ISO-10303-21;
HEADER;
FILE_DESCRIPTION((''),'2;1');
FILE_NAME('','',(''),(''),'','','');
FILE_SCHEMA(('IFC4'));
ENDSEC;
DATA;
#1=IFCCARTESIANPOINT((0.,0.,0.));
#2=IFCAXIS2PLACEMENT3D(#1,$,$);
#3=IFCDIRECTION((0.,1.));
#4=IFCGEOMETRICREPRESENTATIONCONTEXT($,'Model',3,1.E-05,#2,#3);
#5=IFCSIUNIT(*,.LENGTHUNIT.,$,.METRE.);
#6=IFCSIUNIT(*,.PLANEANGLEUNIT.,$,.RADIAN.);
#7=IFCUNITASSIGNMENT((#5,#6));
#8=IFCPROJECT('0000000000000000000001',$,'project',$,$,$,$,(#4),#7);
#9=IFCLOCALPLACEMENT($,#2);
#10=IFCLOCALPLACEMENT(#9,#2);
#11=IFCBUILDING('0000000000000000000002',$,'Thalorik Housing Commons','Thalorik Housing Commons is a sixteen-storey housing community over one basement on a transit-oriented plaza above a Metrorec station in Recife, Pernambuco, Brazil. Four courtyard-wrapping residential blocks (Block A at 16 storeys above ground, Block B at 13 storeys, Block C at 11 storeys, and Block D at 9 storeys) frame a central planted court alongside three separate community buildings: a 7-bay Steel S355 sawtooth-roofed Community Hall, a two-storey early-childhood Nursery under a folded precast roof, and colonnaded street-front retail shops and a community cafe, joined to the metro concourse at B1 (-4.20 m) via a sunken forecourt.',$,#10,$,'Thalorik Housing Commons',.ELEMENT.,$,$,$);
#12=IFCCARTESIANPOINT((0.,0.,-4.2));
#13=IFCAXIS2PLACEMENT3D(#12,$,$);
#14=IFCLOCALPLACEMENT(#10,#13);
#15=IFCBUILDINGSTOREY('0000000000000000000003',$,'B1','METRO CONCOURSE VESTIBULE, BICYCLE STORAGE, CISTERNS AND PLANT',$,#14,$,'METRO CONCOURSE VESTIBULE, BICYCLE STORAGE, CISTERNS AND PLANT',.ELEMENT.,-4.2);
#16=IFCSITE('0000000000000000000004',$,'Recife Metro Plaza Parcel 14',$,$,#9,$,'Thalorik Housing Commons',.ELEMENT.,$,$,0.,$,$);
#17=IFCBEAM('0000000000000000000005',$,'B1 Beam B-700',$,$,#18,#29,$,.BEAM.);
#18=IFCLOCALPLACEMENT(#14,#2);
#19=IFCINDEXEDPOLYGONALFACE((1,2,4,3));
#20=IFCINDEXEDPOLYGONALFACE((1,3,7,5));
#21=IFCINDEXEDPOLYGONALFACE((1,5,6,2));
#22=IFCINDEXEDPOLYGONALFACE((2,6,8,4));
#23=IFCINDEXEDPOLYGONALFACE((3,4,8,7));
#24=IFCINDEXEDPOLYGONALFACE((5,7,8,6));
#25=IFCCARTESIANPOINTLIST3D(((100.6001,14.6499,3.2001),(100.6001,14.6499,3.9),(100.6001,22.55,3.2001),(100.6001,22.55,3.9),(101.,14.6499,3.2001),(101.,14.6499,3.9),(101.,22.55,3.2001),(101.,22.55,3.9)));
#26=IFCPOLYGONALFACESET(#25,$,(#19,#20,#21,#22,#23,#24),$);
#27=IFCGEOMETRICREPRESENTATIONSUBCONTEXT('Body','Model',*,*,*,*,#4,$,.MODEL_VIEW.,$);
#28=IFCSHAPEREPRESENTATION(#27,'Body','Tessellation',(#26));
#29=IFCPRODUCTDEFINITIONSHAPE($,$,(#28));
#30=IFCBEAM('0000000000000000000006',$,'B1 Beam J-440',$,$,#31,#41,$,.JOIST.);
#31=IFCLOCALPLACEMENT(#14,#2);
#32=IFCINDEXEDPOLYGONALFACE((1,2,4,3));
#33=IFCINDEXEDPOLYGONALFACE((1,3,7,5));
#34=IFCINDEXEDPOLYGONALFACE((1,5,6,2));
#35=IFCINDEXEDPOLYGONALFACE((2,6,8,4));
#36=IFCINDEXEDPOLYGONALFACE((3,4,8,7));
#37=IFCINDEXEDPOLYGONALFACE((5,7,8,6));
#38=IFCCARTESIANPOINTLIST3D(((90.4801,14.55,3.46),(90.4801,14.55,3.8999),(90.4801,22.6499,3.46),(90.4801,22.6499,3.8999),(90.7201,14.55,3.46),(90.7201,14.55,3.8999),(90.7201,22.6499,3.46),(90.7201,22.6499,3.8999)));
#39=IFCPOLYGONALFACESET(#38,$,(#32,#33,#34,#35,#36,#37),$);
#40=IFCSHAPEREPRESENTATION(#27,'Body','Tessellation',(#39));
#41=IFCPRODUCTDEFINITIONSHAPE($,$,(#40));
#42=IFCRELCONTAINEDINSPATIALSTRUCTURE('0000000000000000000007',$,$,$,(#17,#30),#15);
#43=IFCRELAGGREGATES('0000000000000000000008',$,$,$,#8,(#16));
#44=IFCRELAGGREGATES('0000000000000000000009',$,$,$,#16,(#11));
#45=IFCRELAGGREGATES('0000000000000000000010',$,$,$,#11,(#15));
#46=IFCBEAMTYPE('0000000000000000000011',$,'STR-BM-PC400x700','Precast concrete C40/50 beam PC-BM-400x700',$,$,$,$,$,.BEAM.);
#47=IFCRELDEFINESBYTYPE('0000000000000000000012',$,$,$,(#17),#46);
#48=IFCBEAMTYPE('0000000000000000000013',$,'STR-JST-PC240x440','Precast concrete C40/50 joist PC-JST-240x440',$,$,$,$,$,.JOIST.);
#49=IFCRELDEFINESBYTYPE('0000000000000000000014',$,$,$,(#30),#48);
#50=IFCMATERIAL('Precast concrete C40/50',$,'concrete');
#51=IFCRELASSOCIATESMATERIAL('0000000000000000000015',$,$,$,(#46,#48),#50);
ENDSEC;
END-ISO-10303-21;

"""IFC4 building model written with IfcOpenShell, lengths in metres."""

from ifc_helpers import new_model, si_unit, direction, frame, origin, origin_2d, place, context, subcontext, project, spatial, rectangle, extrude, material, material_profile, profile_set, type_object, element, save


model = new_model("IFC4")

# Units and contexts
model_context = context("Model", 3, precision=1e-05, world=origin(), true_north=direction((0.0, 1.0)))
body_context = subcontext(model_context, "Body", "Model", "MODEL_VIEW")
ifc_project = project(units=[si_unit("LENGTHUNIT", "METRE"), si_unit("PLANEANGLEUNIT", "RADIAN")], contexts=[model_context])

# Site, building, storey
site_placement = place(None, origin())
site = spatial("IfcSite", under=ifc_project, at=site_placement, Name="Recife Metro Plaza Parcel 14", LongName="Thalorik Housing Commons", CompositionType="ELEMENT", RefElevation=0.0)
building_placement = place(site_placement, origin())
building = spatial("IfcBuilding", under=site, at=building_placement, Name="Thalorik Housing Commons", Description="Thalorik Housing Commons is a sixteen-storey housing community over one basement on a transit-oriented plaza above a Metrorec station in Recife, Pernambuco, Brazil. Four courtyard-wrapping residential blocks (Block A at 16 storeys above ground, Block B at 13 storeys, Block C at 11 storeys, and Block D at 9 storeys) frame a central planted court alongside three separate community buildings: a 7-bay Steel S355 sawtooth-roofed Community Hall, a two-storey early-childhood Nursery under a folded precast roof, and colonnaded street-front retail shops and a community cafe, joined to the metro concourse at B1 (-4.20 m) via a sunken forecourt.", LongName="Thalorik Housing Commons", CompositionType="ELEMENT")
storey_placement = place(building_placement, frame((0.0, 0.0, -4.2)))
storey = spatial("IfcBuildingStorey", under=building, at=storey_placement, Name="B1", Description="METRO CONCOURSE VESTIBULE, BICYCLE STORAGE, CISTERNS AND PLANT", LongName="METRO CONCOURSE VESTIBULE, BICYCLE STORAGE, CISTERNS AND PLANT", CompositionType="ELEMENT", Elevation=-4.2)

# Shared definitions
ifc_material_1 = material(Name="Precast concrete C40/50", Category="concrete")

# Beams
ifc_material_profile_1 = material_profile(ifc_material_1, rectangle(XDim=0.3999, YDim=0.7, at=origin_2d()), Name="PC 400x700", Category="concrete")
ifc_profile_set_1 = profile_set([ifc_material_profile_1], Name="Precast concrete C40/50")
beam_type_1 = type_object("IfcBeamType", Name="STR-BM-PC400x700", Description="Precast concrete C40/50 beam PC-BM-400x700", PredefinedType="BEAM", material=ifc_profile_set_1)
for number, where, z_axis, x_axis, name in (
    (1, (100.8, 14.6499, 3.55), (0.0, 1.0, 0.0), (-1.0, 0.0, 0.0), "B1 Beam B-700"),
):
    element("IfcBeam", number, at=place(storey_placement, frame(where, z_axis=z_axis, x_axis=x_axis)), inside=storey, type_object=beam_type_1, Name=name, PredefinedType="BEAM", context=body_context, shape_type="SweptSolid", body=[
        extrude(rectangle(XDim=0.3999, YDim=0.7, at=origin_2d()), origin(), (0.0, 0.0, 1.0), 7.9001),
    ])
ifc_material_profile_2 = material_profile(ifc_material_1, rectangle(XDim=0.24, YDim=0.4399, at=origin_2d()), Name="PC JST 240x440", Category="concrete")
ifc_profile_set_2 = profile_set([ifc_material_profile_2], Name="Precast concrete C40/50")
beam_type_2 = type_object("IfcBeamType", Name="STR-JST-PC240x440", Description="Precast concrete C40/50 joist PC-JST-240x440", PredefinedType="JOIST", material=ifc_profile_set_2)
beam_1_placement = place(storey_placement, frame((90.6001, 14.55, 3.6799), z_axis=(0.0, 1.0, 0.0), x_axis=(-1.0, 0.0, 0.0)))
element("IfcBeam", 2, at=beam_1_placement, inside=storey, type_object=beam_type_2, Name="B1 Beam J-440", PredefinedType="JOIST", context=body_context, shape_type="SweptSolid", body=[
    extrude(rectangle(XDim=0.24, YDim=0.4399, at=origin_2d()), origin(), (0.0, 0.0, 1.0), 8.0999),
])

save(model, "model.ifc")
